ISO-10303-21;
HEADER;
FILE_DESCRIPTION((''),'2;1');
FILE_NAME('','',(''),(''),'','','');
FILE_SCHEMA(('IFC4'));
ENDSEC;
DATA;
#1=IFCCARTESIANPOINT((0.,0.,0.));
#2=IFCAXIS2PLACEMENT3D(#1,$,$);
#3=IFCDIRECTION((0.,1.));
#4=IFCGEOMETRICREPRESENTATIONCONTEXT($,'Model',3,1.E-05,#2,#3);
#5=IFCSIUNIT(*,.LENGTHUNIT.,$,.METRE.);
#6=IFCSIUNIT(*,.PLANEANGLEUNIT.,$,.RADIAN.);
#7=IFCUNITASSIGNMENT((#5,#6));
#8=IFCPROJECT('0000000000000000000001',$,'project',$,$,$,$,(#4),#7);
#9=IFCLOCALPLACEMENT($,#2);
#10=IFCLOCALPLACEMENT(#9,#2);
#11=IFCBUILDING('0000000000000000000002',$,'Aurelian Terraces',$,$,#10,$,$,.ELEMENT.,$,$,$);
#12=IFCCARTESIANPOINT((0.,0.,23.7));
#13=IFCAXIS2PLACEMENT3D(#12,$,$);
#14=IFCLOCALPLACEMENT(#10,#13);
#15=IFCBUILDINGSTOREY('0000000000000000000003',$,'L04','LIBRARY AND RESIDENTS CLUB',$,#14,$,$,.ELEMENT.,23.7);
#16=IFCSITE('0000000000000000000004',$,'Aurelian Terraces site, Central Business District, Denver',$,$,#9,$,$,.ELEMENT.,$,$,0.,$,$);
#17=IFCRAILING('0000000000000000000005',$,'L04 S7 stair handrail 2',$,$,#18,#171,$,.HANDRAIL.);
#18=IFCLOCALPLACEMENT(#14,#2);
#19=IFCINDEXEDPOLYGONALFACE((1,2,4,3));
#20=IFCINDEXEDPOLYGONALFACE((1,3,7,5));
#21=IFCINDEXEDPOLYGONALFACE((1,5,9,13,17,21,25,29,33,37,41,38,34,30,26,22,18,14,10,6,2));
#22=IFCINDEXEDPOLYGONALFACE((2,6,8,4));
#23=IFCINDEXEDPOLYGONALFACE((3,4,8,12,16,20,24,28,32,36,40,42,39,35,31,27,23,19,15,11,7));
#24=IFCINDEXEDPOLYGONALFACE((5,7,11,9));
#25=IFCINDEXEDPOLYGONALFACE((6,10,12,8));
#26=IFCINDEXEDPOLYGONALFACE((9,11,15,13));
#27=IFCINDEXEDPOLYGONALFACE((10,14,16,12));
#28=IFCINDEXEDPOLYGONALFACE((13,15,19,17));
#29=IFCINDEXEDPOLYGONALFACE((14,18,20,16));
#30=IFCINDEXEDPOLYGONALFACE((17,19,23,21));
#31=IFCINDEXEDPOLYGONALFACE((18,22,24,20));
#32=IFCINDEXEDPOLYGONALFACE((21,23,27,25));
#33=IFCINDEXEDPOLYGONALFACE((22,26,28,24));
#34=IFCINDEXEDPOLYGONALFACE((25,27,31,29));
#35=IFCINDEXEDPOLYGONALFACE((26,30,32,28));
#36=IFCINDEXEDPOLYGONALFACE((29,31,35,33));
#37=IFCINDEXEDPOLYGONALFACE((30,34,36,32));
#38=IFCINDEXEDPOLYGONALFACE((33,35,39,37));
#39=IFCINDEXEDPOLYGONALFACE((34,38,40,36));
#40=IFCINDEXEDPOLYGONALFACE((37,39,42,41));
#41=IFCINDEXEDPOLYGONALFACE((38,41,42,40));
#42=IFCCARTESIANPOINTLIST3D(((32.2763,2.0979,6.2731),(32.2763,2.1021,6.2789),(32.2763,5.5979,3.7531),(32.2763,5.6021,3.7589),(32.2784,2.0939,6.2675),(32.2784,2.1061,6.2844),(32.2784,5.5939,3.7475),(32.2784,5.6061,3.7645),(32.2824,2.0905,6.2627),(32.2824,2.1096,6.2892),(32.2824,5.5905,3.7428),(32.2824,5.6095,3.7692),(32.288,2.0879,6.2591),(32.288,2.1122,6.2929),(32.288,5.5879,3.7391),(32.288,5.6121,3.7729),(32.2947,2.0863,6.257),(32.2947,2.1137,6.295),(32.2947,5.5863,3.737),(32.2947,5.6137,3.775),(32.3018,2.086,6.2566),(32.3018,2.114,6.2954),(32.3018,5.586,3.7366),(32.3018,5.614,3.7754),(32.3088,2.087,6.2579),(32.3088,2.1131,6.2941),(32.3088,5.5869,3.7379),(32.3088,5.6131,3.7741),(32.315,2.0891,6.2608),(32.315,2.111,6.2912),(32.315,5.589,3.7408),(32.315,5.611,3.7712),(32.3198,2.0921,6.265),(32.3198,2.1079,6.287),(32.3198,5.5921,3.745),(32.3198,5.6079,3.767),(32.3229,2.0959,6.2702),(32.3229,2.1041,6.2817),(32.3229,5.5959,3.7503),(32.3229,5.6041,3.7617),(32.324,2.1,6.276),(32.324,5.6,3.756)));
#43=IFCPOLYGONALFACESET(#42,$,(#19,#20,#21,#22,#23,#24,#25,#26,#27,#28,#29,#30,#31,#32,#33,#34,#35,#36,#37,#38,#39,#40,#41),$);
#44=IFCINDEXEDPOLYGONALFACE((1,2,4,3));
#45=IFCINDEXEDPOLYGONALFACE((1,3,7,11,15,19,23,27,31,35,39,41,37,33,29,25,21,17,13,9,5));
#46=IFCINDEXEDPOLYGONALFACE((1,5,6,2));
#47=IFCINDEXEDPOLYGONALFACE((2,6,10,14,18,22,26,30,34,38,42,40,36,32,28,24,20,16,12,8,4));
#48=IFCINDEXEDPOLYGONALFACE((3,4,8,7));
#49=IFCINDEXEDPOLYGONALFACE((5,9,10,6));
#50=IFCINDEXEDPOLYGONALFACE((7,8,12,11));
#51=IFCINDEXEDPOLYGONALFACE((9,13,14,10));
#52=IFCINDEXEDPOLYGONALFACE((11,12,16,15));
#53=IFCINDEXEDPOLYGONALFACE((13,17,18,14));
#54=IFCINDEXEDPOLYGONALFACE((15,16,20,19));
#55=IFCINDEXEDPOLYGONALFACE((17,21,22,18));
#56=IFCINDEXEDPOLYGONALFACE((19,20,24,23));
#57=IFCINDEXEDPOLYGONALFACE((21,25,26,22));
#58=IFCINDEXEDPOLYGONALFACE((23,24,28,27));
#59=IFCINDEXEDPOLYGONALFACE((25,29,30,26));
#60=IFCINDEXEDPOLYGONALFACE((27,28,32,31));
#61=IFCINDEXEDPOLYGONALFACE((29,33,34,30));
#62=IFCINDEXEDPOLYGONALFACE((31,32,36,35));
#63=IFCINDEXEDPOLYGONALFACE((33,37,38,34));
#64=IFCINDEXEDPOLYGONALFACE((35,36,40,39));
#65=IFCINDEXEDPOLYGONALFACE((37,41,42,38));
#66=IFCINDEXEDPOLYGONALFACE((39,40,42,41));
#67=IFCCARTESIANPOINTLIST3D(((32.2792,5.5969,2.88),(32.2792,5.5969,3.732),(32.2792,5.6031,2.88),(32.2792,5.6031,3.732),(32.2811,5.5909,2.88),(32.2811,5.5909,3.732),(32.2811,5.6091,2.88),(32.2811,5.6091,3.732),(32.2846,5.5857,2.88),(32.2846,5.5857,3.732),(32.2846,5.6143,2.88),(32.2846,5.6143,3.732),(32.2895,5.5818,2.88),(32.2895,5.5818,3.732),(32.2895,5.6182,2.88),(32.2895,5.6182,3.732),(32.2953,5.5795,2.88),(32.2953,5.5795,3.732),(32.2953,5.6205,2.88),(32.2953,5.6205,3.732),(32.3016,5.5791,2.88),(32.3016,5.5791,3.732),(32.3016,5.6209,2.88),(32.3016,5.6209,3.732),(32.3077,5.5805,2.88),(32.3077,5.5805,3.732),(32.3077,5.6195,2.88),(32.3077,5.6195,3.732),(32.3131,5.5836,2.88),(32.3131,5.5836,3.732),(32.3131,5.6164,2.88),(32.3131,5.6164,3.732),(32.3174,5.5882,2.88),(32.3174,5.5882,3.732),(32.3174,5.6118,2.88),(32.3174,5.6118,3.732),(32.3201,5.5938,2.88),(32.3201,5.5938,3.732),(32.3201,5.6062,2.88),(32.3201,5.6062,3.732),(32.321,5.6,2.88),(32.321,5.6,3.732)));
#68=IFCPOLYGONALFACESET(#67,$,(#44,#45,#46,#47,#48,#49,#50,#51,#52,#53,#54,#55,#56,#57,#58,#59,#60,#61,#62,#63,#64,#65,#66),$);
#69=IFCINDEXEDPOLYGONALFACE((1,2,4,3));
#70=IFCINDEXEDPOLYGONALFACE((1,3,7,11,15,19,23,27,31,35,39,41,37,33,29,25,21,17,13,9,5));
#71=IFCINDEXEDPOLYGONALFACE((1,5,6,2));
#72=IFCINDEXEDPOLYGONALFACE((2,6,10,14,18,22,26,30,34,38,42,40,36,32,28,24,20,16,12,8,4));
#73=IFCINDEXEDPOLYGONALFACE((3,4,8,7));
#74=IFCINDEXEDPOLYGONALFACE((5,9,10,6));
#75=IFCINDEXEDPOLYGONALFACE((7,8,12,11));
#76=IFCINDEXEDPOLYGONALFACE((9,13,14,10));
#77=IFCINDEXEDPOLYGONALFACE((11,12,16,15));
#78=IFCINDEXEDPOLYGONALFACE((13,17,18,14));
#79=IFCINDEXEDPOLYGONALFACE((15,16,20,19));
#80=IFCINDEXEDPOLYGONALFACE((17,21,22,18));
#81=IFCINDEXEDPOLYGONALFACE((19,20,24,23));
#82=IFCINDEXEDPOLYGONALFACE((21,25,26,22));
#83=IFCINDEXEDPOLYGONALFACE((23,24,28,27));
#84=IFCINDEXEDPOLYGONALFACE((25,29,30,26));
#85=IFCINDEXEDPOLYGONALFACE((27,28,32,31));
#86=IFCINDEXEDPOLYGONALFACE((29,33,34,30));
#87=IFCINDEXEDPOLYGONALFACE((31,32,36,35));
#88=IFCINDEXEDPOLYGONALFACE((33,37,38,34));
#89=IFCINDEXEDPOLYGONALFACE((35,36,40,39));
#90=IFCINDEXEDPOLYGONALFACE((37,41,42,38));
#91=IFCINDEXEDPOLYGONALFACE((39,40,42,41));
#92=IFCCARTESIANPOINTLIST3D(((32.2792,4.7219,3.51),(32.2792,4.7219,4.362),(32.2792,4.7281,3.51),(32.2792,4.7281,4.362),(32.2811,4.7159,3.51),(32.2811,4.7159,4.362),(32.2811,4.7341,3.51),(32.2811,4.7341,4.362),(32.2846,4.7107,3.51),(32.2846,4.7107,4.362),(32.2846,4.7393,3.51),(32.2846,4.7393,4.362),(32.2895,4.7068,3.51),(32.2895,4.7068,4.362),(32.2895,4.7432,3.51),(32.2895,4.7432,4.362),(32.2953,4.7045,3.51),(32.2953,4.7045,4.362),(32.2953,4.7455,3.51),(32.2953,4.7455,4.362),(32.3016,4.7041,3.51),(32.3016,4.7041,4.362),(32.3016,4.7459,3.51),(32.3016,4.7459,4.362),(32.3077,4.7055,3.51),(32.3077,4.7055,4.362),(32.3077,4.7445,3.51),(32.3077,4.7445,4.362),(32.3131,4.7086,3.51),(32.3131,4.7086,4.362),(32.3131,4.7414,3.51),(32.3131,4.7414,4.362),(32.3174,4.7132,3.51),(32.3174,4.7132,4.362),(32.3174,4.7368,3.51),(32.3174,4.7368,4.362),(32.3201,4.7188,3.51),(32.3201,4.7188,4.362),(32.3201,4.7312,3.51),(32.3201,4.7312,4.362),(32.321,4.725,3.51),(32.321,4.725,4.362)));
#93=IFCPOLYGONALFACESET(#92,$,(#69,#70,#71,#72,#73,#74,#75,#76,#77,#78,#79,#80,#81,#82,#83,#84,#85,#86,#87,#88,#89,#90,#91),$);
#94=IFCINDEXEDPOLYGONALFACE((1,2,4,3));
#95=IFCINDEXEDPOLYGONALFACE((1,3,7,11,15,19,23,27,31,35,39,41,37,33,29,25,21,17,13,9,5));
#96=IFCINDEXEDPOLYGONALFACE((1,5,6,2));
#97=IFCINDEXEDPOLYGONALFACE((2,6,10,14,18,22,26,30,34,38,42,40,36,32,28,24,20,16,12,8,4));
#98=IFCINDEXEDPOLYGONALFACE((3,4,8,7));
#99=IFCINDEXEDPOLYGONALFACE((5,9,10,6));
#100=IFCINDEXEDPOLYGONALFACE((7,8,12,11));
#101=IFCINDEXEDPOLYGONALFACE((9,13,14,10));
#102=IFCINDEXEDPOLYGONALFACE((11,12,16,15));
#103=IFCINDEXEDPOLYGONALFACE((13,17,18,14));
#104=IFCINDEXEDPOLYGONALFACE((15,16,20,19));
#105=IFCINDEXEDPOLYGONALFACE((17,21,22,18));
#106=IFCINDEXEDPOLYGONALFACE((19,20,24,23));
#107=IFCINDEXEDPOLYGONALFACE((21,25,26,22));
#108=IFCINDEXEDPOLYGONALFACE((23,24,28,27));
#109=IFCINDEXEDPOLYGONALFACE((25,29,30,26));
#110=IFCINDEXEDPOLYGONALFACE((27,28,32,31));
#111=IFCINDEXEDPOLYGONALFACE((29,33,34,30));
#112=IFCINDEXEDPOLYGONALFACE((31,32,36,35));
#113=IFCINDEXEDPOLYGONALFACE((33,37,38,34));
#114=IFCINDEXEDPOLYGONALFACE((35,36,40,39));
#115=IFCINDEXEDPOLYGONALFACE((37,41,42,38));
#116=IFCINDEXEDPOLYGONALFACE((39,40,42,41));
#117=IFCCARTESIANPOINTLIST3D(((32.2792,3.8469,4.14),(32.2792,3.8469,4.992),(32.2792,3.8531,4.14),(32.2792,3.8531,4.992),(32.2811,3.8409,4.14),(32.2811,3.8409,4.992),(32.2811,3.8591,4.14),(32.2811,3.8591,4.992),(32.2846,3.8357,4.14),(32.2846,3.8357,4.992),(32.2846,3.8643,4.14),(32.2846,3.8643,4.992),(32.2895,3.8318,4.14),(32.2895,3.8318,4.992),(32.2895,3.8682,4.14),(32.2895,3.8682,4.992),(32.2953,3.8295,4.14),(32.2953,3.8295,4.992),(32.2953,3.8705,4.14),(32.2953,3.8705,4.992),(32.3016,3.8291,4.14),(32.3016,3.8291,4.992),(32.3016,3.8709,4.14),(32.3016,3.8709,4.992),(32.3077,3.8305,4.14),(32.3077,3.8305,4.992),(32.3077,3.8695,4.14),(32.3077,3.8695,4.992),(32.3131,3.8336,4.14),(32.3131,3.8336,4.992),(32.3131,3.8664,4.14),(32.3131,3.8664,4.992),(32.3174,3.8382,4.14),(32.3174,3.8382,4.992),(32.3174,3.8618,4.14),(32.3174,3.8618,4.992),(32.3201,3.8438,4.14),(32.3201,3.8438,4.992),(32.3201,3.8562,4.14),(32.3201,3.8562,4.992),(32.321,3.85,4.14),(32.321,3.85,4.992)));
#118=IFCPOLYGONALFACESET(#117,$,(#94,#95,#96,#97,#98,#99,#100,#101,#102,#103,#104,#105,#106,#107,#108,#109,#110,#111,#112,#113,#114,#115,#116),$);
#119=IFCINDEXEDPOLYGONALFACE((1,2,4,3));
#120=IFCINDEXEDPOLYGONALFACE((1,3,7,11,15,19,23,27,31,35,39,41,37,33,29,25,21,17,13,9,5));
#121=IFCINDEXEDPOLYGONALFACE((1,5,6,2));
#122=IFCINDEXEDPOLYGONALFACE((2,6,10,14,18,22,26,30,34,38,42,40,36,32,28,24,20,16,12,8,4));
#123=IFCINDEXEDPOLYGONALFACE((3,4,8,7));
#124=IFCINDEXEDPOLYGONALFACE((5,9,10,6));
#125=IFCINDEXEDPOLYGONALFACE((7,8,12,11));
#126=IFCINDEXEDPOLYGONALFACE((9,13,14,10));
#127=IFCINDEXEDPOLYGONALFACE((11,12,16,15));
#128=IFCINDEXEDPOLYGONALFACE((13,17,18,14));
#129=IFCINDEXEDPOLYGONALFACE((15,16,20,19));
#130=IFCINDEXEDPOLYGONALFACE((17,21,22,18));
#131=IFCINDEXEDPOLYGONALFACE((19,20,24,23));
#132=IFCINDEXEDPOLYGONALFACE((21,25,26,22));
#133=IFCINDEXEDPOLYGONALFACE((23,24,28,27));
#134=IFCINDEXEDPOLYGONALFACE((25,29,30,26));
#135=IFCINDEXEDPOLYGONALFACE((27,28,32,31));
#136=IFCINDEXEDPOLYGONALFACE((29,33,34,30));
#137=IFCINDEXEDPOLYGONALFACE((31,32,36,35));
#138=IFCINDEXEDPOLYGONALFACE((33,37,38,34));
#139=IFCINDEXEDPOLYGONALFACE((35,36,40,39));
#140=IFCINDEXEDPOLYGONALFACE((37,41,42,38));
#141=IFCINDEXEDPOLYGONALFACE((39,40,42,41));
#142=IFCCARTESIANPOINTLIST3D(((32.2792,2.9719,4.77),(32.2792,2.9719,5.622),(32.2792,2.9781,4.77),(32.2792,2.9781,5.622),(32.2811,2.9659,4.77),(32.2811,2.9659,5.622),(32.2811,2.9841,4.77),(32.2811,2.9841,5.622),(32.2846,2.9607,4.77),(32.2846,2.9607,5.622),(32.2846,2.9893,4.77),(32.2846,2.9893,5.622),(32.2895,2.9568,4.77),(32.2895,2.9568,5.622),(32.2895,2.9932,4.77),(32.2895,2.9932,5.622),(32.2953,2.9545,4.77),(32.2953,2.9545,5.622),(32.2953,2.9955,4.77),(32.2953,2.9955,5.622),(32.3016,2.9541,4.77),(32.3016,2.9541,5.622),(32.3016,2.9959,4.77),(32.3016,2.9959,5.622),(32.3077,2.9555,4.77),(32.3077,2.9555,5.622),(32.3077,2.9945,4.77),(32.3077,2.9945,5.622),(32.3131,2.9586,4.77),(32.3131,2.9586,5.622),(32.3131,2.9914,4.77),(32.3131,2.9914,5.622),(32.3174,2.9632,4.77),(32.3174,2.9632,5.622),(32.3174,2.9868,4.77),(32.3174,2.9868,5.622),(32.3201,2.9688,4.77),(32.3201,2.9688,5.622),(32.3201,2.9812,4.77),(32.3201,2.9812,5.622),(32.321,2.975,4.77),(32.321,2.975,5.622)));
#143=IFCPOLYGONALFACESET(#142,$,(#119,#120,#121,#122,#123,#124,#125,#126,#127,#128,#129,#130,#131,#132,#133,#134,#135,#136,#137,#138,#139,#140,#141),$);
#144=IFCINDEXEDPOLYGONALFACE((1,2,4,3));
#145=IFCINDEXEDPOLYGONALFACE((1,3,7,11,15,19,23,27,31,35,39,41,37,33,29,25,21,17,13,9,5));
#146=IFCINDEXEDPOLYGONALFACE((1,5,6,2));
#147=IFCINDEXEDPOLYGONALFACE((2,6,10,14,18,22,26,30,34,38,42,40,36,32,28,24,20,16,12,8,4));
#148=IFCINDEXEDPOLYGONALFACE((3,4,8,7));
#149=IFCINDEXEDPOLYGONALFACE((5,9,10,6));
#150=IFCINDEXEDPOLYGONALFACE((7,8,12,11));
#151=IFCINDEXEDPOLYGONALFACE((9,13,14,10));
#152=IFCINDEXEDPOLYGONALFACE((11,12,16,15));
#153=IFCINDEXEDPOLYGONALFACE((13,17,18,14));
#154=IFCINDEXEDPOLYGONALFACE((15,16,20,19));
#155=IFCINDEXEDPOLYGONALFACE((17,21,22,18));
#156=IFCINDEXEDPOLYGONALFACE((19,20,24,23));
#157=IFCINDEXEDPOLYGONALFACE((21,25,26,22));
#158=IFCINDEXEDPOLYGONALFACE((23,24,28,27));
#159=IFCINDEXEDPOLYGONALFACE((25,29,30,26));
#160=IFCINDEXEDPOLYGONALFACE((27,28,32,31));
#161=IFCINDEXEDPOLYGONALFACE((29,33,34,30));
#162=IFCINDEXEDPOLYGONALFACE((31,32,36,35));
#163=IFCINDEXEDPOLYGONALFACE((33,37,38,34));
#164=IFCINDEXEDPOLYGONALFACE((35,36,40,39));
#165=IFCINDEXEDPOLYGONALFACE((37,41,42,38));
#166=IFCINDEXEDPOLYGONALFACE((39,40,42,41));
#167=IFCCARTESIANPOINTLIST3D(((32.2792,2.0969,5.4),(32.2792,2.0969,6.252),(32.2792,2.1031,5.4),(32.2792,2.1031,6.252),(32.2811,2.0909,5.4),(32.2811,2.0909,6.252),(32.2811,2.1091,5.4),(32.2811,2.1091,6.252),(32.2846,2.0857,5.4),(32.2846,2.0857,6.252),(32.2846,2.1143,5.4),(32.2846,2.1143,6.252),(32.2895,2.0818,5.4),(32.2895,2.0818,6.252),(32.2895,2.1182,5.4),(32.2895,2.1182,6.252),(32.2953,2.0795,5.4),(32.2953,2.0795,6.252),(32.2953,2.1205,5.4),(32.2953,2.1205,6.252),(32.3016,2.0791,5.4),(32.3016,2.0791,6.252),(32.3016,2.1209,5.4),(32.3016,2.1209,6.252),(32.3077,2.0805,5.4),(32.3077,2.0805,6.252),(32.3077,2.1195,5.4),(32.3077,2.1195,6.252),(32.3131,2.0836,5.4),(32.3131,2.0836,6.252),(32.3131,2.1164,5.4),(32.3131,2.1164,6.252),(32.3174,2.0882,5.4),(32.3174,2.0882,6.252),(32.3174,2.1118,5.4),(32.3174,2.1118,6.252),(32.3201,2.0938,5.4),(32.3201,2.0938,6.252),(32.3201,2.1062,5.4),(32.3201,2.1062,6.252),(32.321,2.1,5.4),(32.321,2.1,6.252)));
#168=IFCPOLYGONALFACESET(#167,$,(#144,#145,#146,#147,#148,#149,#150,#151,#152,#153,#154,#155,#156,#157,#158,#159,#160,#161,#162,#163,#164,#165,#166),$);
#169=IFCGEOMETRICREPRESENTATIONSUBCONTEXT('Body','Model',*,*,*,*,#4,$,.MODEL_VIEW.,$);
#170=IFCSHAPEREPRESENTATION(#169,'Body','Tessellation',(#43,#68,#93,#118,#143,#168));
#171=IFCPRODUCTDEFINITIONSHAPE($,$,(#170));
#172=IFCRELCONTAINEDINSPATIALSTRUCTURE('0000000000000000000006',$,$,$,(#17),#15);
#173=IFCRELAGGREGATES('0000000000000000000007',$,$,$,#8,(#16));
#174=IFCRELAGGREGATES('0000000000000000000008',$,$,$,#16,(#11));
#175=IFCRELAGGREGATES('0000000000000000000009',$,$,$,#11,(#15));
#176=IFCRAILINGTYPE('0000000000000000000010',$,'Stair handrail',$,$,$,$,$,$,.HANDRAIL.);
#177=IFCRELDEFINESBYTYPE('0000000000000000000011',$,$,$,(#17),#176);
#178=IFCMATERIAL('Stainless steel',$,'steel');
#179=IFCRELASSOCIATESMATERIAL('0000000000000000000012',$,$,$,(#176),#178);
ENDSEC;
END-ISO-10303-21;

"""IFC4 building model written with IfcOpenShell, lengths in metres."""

from ifc_helpers import new_model, si_unit, direction, frame, origin, origin_2d, place, context, subcontext, project, spatial, circle, extrude, source, transform, mapped, material, type_object, element, save


model = new_model("IFC4")

# Units and contexts
model_context = context("Model", 3, precision=1e-05, world=origin(), true_north=direction((0.0, 1.0)))
body_context = subcontext(model_context, "Body", "Model", "MODEL_VIEW")
ifc_project = project(units=[si_unit("LENGTHUNIT", "METRE"), si_unit("PLANEANGLEUNIT", "RADIAN")], contexts=[model_context])

# Site, building, storey
site_placement = place(None, origin())
site = spatial("IfcSite", under=ifc_project, at=site_placement, Name="Aurelian Terraces site, Central Business District, Denver", CompositionType="ELEMENT", RefElevation=0.0)
building_placement = place(site_placement, origin())
building = spatial("IfcBuilding", under=site, at=building_placement, Name="Aurelian Terraces", CompositionType="ELEMENT")
storey_placement = place(building_placement, frame((0.0, 0.0, 23.7)))
storey = spatial("IfcBuildingStorey", under=building, at=storey_placement, Name="L04", Description="LIBRARY AND RESIDENTS CLUB", CompositionType="ELEMENT", Elevation=23.7)

# Railing
ifc_material_1 = material(Name="Stainless steel", Category="steel")
railing_type_1 = type_object("IfcRailingType", Name="Stair handrail", PredefinedType="HANDRAIL", material=ifc_material_1)
shared_shape_1 = source(origin(), body_context, "Body", "SweptSolid", [
    extrude(circle(Radius=0.024, at=origin_2d()), frame((0.0, 0.0, 0.876), z_axis=(0.0, -0.811534, 0.584305), x_axis=(1.0, 0.0, 0.0)), (0.0, 0.0, 1.0), 4.3128),
    extrude(circle(Radius=0.021, at=origin_2d()), origin(), (0.0, 0.0, 1.0), 0.852),
    extrude(circle(Radius=0.021, at=origin_2d()), frame((0.0, -0.875, 0.63)), (0.0, 0.0, 1.0), 0.852),
    extrude(circle(Radius=0.021, at=origin_2d()), frame((0.0, -1.75, 1.26)), (0.0, 0.0, 1.0), 0.852),
    extrude(circle(Radius=0.021, at=origin_2d()), frame((0.0, -2.625, 1.89)), (0.0, 0.0, 1.0), 0.852),
    extrude(circle(Radius=0.021, at=origin_2d()), frame((0.0, -3.5, 2.52)), (0.0, 0.0, 1.0), 0.852),
])
railing_1_placement = place(storey_placement, frame((32.3, 5.6, 2.88)))
element("IfcRailing", 1, at=railing_1_placement, inside=storey, type_object=railing_type_1, Name="L04 S7 stair handrail 2", PredefinedType="HANDRAIL", context=body_context, shape_type="MappedRepresentation", body=[
    mapped(shared_shape_1, transform((0.0, 0.0, 0.0), scale=1.0)),
])

save(model, "model.ifc")
